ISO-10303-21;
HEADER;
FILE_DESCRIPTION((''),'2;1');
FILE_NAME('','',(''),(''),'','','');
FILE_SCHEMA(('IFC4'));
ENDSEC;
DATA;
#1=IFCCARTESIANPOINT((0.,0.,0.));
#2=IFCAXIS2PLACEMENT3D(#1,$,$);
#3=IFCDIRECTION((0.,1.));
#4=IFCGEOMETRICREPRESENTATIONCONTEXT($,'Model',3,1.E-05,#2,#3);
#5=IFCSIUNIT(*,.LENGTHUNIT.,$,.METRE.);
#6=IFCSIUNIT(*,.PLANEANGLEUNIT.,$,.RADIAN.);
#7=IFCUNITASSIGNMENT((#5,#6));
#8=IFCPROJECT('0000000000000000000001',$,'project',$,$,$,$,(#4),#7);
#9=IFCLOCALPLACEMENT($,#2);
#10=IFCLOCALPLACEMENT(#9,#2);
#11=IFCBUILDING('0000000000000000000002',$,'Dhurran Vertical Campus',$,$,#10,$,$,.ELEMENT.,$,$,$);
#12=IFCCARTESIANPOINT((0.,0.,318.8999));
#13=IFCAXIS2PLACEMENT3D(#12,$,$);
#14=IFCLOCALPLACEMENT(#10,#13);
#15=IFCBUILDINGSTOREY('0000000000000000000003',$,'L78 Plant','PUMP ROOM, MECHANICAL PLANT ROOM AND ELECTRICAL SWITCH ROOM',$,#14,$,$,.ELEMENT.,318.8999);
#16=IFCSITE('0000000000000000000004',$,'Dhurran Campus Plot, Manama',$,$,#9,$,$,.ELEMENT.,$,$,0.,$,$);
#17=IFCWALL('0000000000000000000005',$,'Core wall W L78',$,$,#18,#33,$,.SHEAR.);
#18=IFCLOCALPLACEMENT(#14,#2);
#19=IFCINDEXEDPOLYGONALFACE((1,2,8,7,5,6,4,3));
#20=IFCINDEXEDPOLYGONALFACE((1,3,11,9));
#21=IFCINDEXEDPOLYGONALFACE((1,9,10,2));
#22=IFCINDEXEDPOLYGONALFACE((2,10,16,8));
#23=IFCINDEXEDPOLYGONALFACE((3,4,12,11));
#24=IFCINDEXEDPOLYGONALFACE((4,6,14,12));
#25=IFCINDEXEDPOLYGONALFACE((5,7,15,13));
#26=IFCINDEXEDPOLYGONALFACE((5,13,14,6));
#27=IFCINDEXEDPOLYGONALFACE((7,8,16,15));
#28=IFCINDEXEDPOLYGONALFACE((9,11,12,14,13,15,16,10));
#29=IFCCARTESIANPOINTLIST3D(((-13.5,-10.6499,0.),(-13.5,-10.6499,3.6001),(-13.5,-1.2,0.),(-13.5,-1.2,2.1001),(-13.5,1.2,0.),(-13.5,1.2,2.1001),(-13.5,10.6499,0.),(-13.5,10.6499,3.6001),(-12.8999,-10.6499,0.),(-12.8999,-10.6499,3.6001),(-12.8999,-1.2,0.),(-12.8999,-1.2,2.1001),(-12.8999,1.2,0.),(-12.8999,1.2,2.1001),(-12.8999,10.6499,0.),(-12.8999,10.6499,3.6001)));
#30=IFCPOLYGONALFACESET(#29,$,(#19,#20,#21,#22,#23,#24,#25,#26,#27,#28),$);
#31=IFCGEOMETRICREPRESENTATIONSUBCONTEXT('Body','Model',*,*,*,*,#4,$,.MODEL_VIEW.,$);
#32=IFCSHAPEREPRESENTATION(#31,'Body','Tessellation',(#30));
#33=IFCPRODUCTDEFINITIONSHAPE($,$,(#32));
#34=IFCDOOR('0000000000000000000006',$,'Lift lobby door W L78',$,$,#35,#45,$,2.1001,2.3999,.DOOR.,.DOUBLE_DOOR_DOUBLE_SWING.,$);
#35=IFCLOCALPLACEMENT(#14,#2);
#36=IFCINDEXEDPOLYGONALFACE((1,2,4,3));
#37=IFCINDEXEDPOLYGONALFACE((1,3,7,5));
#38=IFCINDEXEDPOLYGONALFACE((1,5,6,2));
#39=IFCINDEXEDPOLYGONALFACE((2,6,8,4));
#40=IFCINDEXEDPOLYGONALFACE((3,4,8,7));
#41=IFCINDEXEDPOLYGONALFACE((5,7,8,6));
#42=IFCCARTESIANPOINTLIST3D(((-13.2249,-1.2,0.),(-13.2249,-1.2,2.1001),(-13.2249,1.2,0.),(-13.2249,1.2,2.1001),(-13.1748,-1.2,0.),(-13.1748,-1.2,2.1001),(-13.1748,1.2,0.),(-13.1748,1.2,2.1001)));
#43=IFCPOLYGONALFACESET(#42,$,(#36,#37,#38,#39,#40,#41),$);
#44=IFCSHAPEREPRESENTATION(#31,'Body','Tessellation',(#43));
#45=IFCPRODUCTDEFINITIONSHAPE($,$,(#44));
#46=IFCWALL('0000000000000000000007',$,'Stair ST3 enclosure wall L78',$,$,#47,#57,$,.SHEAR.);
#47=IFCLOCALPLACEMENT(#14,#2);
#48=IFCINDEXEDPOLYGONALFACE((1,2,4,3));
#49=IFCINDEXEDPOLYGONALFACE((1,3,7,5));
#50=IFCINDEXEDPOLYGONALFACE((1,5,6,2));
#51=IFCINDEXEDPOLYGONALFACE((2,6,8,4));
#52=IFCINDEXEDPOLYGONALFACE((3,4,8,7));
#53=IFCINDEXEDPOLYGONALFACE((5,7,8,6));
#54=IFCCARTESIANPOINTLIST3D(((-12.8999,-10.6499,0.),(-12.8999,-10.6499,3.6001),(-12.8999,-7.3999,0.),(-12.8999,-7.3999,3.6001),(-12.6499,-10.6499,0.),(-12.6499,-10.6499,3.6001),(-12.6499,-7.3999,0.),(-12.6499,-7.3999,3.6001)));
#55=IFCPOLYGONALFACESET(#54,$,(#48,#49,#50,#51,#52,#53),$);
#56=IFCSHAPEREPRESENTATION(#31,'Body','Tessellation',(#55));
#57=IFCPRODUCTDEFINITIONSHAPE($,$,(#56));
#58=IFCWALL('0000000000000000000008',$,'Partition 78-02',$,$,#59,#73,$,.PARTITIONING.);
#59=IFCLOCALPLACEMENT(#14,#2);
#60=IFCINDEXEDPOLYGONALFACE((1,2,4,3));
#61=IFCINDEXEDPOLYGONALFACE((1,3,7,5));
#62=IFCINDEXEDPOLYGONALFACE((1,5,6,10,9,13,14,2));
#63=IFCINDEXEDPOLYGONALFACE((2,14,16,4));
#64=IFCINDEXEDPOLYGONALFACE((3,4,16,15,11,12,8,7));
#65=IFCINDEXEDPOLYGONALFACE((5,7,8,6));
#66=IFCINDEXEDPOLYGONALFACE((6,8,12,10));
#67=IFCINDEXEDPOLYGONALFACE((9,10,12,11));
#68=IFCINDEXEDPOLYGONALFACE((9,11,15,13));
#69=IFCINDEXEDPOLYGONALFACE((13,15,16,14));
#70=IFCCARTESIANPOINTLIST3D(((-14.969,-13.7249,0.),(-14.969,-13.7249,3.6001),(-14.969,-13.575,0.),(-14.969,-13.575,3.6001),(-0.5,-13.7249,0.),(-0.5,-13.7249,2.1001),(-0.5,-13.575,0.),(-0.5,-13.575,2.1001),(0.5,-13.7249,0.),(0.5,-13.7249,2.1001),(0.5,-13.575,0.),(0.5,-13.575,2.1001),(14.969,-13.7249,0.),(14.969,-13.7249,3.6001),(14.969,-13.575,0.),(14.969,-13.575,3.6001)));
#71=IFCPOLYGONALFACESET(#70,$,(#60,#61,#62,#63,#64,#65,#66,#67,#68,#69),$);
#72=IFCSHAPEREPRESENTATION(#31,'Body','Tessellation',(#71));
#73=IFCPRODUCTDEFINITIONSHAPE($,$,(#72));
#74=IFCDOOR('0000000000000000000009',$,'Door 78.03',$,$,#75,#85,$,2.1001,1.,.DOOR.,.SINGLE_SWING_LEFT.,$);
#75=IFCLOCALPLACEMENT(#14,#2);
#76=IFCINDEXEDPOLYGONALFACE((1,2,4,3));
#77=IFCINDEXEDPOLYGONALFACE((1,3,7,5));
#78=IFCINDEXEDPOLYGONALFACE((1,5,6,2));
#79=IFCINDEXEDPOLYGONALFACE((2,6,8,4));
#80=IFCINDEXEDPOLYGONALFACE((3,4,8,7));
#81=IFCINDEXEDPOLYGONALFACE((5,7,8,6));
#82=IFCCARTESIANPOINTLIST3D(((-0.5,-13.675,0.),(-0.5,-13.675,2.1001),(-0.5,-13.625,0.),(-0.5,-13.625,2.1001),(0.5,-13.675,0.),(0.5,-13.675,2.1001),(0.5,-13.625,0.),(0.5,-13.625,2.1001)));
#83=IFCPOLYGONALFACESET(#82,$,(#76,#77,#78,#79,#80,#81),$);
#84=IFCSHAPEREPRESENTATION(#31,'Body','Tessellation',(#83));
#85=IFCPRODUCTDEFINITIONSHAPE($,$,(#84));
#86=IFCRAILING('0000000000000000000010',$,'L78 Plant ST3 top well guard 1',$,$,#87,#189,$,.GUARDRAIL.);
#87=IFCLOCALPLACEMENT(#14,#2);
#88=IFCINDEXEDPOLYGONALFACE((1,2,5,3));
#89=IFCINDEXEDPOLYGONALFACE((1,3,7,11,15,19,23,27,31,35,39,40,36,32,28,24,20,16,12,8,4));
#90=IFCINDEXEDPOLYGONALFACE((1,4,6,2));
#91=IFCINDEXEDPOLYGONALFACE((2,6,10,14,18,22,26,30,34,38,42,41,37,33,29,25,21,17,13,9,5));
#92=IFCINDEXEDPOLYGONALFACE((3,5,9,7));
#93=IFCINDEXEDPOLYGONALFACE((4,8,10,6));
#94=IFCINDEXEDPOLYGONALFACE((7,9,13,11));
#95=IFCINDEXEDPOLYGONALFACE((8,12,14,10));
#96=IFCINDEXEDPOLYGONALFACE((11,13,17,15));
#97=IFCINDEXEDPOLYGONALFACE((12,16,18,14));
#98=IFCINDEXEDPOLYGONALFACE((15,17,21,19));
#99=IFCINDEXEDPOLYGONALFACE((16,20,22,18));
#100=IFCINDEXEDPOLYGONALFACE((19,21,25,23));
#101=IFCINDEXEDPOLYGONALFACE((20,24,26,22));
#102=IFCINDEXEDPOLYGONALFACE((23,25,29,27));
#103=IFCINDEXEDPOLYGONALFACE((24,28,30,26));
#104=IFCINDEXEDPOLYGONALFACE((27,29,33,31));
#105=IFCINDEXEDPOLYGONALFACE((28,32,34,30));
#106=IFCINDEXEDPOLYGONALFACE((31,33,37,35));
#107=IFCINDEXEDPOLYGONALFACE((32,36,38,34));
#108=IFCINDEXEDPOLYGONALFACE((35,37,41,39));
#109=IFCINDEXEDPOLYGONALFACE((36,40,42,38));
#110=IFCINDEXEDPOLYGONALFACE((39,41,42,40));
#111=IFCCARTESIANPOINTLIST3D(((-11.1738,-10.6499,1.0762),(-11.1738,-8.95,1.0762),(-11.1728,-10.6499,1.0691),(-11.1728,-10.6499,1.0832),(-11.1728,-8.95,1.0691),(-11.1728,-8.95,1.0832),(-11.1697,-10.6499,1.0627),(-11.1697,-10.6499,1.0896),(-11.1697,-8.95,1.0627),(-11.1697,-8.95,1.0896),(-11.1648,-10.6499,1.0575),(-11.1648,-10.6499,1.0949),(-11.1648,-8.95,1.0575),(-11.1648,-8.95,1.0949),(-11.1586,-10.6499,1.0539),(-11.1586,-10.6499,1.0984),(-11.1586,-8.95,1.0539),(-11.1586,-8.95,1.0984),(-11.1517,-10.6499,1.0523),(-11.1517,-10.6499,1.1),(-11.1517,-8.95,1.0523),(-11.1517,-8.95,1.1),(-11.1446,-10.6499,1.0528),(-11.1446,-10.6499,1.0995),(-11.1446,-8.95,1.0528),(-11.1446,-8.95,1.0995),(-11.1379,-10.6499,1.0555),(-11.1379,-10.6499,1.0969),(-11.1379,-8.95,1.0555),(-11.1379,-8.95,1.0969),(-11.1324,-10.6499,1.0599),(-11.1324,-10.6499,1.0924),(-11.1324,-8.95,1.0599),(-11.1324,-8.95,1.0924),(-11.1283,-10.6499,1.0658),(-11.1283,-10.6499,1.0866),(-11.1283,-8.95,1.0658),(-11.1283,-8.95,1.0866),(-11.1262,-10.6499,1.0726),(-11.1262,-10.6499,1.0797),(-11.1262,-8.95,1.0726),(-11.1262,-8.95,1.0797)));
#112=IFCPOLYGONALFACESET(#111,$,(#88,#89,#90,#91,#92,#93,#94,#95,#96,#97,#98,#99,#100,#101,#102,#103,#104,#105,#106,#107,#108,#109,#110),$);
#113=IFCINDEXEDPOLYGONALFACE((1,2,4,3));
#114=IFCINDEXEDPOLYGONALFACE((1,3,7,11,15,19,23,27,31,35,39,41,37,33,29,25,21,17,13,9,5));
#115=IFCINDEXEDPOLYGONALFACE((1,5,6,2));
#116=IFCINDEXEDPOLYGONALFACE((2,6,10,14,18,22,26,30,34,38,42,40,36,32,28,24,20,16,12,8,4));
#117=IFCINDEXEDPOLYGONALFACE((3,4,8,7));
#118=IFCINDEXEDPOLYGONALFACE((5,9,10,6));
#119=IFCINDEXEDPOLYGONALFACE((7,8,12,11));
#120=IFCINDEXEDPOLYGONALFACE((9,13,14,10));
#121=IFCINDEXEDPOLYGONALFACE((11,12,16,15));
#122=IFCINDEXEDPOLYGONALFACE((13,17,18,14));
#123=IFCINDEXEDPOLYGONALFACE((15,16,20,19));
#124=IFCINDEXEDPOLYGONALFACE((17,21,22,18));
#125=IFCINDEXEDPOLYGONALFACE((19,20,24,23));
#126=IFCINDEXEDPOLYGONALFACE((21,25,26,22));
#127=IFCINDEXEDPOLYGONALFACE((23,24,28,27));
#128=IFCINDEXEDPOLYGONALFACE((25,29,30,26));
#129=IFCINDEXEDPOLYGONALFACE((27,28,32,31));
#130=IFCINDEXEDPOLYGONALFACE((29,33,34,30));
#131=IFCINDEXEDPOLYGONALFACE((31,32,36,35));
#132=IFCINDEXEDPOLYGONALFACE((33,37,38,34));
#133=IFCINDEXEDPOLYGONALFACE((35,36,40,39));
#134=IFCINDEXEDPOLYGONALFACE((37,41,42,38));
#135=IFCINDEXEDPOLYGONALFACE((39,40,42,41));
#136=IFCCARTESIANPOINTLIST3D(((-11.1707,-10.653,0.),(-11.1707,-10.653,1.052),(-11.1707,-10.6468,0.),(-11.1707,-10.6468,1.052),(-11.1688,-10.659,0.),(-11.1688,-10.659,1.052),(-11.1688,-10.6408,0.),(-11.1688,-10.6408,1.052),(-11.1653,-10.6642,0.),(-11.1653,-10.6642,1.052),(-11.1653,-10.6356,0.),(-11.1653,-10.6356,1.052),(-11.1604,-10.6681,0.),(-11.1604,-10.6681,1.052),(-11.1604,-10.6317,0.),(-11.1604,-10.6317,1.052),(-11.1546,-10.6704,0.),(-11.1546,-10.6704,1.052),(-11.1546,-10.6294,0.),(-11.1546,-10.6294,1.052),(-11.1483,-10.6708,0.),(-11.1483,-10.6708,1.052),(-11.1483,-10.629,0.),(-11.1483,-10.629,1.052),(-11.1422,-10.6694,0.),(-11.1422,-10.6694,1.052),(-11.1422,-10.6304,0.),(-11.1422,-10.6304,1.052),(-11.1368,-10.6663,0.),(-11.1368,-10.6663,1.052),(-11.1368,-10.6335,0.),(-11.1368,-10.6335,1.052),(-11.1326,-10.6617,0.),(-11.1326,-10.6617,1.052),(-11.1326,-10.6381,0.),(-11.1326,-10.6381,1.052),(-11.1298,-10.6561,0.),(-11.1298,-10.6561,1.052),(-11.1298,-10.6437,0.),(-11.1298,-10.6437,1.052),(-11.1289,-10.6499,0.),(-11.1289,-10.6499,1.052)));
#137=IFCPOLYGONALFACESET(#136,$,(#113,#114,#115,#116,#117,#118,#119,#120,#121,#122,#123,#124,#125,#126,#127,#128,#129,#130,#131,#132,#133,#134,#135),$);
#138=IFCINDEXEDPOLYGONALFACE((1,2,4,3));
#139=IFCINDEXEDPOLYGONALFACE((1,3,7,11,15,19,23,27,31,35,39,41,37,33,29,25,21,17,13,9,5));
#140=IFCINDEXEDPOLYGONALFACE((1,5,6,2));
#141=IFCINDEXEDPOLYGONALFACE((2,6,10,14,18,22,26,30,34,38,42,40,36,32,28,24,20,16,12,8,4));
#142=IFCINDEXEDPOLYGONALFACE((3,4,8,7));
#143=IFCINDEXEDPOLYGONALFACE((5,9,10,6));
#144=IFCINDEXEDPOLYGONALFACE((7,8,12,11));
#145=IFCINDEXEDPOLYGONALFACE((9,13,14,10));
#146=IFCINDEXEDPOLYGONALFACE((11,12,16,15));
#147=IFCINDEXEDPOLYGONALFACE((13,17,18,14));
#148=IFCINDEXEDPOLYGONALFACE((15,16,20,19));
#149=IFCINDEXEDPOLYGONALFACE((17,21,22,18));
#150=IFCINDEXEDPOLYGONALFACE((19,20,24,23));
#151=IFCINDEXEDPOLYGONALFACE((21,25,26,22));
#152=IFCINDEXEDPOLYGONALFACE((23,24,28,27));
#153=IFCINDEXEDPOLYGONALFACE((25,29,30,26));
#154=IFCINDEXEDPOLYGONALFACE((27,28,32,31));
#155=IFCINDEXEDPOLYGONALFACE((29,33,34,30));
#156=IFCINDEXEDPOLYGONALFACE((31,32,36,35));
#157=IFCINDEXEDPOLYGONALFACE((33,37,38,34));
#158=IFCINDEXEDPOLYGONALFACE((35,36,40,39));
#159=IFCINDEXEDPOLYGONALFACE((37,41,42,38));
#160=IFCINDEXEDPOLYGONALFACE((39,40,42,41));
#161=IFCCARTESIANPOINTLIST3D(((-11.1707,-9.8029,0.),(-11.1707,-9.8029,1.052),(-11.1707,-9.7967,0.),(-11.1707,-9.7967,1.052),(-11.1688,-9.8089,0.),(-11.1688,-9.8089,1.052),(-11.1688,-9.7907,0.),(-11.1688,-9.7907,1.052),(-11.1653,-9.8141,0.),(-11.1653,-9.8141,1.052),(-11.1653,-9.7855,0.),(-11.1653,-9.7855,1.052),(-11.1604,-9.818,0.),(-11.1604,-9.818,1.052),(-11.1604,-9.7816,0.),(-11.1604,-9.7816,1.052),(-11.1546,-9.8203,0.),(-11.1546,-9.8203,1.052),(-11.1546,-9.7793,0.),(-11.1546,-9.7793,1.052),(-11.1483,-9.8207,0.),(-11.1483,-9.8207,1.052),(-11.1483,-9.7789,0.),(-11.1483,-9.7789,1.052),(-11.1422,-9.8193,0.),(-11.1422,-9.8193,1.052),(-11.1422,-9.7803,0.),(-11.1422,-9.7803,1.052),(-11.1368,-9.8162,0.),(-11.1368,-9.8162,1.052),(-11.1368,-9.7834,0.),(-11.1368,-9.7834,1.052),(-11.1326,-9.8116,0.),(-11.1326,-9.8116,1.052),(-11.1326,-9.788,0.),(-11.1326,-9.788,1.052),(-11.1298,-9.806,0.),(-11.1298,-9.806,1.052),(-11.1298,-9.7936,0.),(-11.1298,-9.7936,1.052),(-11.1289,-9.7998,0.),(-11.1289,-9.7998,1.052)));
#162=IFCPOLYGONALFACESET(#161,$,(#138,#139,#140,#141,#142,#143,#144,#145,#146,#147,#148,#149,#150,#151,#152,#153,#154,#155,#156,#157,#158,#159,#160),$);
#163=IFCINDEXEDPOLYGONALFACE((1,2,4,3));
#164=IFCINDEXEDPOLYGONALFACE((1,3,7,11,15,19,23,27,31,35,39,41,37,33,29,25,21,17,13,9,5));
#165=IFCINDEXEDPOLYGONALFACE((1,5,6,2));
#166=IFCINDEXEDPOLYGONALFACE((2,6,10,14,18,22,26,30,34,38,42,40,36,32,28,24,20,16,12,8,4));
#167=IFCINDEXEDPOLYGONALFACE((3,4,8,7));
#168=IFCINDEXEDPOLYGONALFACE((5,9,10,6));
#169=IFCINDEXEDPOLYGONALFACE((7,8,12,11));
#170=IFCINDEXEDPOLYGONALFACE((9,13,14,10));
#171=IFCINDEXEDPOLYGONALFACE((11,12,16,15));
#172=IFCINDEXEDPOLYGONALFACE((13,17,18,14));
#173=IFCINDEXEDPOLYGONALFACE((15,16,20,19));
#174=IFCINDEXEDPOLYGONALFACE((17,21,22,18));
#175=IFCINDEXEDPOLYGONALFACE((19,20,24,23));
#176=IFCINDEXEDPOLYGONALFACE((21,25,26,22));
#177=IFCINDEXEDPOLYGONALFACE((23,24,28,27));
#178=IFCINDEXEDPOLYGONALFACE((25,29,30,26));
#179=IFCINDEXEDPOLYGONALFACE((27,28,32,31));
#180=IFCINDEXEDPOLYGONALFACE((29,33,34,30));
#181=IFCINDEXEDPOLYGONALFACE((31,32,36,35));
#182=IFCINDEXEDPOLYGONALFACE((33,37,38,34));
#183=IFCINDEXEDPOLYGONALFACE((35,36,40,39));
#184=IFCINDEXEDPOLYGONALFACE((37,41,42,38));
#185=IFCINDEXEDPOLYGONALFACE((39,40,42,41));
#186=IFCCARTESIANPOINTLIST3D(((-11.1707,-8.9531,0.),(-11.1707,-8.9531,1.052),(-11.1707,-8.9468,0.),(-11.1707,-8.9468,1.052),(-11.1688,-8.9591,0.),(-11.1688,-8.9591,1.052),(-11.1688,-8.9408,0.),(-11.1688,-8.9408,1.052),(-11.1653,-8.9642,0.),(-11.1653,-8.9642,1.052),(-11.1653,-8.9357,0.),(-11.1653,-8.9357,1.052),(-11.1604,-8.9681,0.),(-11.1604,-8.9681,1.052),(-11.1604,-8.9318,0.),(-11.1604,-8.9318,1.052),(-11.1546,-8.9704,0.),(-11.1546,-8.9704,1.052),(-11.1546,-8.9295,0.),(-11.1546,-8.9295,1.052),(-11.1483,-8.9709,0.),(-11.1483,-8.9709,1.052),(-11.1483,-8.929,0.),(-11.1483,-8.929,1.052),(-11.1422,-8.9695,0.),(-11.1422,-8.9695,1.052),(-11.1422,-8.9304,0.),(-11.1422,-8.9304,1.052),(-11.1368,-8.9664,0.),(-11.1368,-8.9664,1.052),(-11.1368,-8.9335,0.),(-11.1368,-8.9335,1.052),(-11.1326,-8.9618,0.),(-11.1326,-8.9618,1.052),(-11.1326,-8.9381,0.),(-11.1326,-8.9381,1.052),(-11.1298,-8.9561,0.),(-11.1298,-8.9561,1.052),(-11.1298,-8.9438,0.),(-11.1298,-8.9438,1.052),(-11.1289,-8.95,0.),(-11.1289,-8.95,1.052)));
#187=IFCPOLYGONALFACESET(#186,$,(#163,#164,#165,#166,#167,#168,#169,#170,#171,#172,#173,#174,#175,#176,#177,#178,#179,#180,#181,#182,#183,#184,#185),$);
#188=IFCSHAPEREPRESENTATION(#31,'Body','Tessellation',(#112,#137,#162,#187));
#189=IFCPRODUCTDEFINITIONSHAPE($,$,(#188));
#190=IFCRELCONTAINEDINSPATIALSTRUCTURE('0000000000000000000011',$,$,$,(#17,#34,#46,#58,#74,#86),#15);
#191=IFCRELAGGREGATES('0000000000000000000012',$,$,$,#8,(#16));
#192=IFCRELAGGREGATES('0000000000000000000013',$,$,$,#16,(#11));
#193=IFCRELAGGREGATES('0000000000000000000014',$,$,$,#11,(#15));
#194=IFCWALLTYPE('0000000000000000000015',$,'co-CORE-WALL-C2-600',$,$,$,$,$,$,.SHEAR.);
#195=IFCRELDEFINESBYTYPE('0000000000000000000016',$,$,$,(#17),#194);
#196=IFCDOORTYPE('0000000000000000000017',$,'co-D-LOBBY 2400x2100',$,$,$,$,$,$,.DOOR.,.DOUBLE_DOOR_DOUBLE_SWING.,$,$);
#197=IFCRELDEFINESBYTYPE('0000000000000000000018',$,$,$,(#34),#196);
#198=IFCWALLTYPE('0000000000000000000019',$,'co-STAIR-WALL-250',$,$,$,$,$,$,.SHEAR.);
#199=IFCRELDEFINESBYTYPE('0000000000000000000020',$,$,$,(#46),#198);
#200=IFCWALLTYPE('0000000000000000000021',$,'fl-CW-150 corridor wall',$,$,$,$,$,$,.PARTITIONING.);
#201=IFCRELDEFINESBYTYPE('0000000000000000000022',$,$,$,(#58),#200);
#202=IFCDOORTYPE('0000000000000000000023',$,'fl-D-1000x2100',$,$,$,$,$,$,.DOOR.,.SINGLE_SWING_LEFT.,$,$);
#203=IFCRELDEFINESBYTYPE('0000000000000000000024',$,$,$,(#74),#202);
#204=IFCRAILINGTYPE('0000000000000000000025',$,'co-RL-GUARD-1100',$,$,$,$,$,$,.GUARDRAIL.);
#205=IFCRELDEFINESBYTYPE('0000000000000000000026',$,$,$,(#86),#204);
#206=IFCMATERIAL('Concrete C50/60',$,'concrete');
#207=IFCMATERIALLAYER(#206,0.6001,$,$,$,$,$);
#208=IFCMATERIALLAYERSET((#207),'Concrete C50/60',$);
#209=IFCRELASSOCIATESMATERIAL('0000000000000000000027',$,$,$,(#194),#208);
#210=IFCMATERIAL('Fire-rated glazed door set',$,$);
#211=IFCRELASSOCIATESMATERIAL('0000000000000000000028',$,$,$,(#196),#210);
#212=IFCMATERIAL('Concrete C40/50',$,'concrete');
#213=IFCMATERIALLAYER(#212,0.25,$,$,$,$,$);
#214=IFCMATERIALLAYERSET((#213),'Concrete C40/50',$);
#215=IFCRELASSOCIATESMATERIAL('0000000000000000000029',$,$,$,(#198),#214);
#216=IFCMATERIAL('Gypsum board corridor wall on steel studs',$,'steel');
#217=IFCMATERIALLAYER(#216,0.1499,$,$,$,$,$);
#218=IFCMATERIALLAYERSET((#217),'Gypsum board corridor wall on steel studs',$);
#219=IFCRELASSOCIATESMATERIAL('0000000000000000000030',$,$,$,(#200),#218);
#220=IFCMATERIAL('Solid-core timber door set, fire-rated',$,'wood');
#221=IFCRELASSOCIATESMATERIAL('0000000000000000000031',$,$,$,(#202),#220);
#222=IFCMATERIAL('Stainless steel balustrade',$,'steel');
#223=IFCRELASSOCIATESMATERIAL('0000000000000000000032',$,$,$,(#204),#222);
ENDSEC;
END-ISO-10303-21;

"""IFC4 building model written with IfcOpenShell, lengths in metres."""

from ifc_helpers import new_model, si_unit, direction, frame, frame_2d, origin, origin_2d, place, context, subcontext, project, spatial, rectangle, circle, extrude, material, layer, layer_set, type_object, element, fill, save


model = new_model("IFC4")

# Units and contexts
model_context = context("Model", 3, precision=1e-05, world=origin(), true_north=direction((0.0, 1.0)))
body_context = subcontext(model_context, "Body", "Model", "MODEL_VIEW")
ifc_project = project(units=[si_unit("LENGTHUNIT", "METRE"), si_unit("PLANEANGLEUNIT", "RADIAN")], contexts=[model_context])

# Site, building, storey
site_placement = place(None, origin())
site = spatial("IfcSite", under=ifc_project, at=site_placement, Name="Dhurran Campus Plot, Manama", CompositionType="ELEMENT", RefElevation=0.0)
building_placement = place(site_placement, origin())
building = spatial("IfcBuilding", under=site, at=building_placement, Name="Dhurran Vertical Campus", CompositionType="ELEMENT")
storey_placement = place(building_placement, frame((0.0, 0.0, 318.8999)))
storey = spatial("IfcBuildingStorey", under=building, at=storey_placement, Name="L78 Plant", Description="PUMP ROOM, MECHANICAL PLANT ROOM AND ELECTRICAL SWITCH ROOM", CompositionType="ELEMENT", Elevation=318.8999)

# Shared definitions
ifc_material_1 = material(Name="Concrete C50/60", Category="concrete")
ifc_layer_1 = layer(ifc_material_1, 0.6001)
ifc_layer_set_1 = layer_set([ifc_layer_1], Name="Concrete C50/60")
wall_type_1 = type_object("IfcWallType", Name="co-CORE-WALL-C2-600", PredefinedType="SHEAR", material=ifc_layer_set_1)
ifc_material_2 = material(Name="Fire-rated glazed door set")
door_type_1 = type_object("IfcDoorType", Name="co-D-LOBBY 2400x2100", OperationType="DOUBLE_DOOR_DOUBLE_SWING", PredefinedType="DOOR", material=ifc_material_2)

# Wall, opening, door
wall_1_placement = place(storey_placement, frame((-13.2, -10.6499, 0.0), z_axis=(0.0, 0.0, 1.0), x_axis=(0.0, 1.0, 0.0)))
wall_1 = element("IfcWall", 1, at=wall_1_placement, inside=storey, type_object=wall_type_1, Name="Core wall W L78", PredefinedType="SHEAR", context=body_context, shape_type="SweptSolid", body=[
    extrude(rectangle(XDim=21.2998, YDim=0.6001, at=frame_2d((10.6499, 0.0))), origin(), (0.0, 0.0, 1.0), 3.6001),
])
opening_1_placement = place(wall_1_placement, frame((9.45, 0.0, 0.0)))
opening_1 = element("IfcOpeningElement", 2, at=opening_1_placement, cuts=wall_1, PredefinedType="OPENING", context=body_context, shape_type="SweptSolid", body=[
    extrude(rectangle(XDim=2.3999, YDim=2.1001, at=frame_2d((1.2, 1.05))), frame((0.0, 0.3101, 0.0), z_axis=(0.0, -1.0, 0.0), x_axis=(1.0, 0.0, 0.0)), (0.0, 0.0, 1.0), 0.6201),
])
door_1_placement = place(opening_1_placement, origin())
door_1 = element("IfcDoor", 3, at=door_1_placement, inside=storey, type_object=door_type_1, Name="Lift lobby door W L78", OperationType="DOUBLE_DOOR_DOUBLE_SWING", OverallHeight=2.1001, OverallWidth=2.3999, PredefinedType="DOOR", context=body_context, shape_type="SweptSolid", body=[
    extrude(rectangle(XDim=2.3999, YDim=2.1001, at=frame_2d((1.2, 1.05))), frame((0.0, 0.0249, 0.0), z_axis=(0.0, -1.0, 0.0), x_axis=(1.0, 0.0, 0.0)), (0.0, 0.0, 1.0), 0.05),
])
fill(opening_1, door_1)

# Wall
ifc_material_3 = material(Name="Concrete C40/50", Category="concrete")
ifc_layer_2 = layer(ifc_material_3, 0.25)
ifc_layer_set_2 = layer_set([ifc_layer_2], Name="Concrete C40/50")
wall_type_2 = type_object("IfcWallType", Name="co-STAIR-WALL-250", PredefinedType="SHEAR", material=ifc_layer_set_2)
wall_2_placement = place(storey_placement, frame((-12.7749, -10.6499, 0.0), z_axis=(0.0, 0.0, 1.0), x_axis=(0.0, 1.0, 0.0)))
element("IfcWall", 4, at=wall_2_placement, inside=storey, type_object=wall_type_2, Name="Stair ST3 enclosure wall L78", PredefinedType="SHEAR", context=body_context, shape_type="SweptSolid", body=[
    extrude(rectangle(XDim=3.25, YDim=0.25, at=frame_2d((1.625, 0.0))), origin(), (0.0, 0.0, 1.0), 3.6001),
])

# Wall, opening, door
ifc_material_4 = material(Name="Gypsum board corridor wall on steel studs", Category="steel")
ifc_layer_3 = layer(ifc_material_4, 0.1499)
ifc_layer_set_3 = layer_set([ifc_layer_3], Name="Gypsum board corridor wall on steel studs")
wall_type_3 = type_object("IfcWallType", Name="fl-CW-150 corridor wall", PredefinedType="PARTITIONING", material=ifc_layer_set_3)
wall_3_placement = place(storey_placement, frame((-14.969, -13.6499, 0.0), z_axis=(0.0, 0.0, 1.0), x_axis=(1.0, 0.0, 0.0)))
wall_3 = element("IfcWall", 5, at=wall_3_placement, inside=storey, type_object=wall_type_3, Name="Partition 78-02", PredefinedType="PARTITIONING", context=body_context, shape_type="SweptSolid", body=[
    extrude(rectangle(XDim=29.938, YDim=0.1499, at=frame_2d((14.969, 0.0))), origin(), (0.0, 0.0, 1.0), 3.6001),
])
opening_2_placement = place(wall_3_placement, frame((14.469, 0.0, 0.0)))
opening_2 = element("IfcOpeningElement", 6, at=opening_2_placement, cuts=wall_3, PredefinedType="OPENING", context=body_context, shape_type="SweptSolid", body=[
    extrude(rectangle(XDim=1.0, YDim=2.1001, at=frame_2d((0.5, 1.05))), frame((0.0, 0.085, 0.0), z_axis=(0.0, -1.0, 0.0), x_axis=(1.0, 0.0, 0.0)), (0.0, 0.0, 1.0), 0.1699),
])
ifc_material_5 = material(Name="Solid-core timber door set, fire-rated", Category="wood")
door_type_2 = type_object("IfcDoorType", Name="fl-D-1000x2100", OperationType="SINGLE_SWING_LEFT", PredefinedType="DOOR", material=ifc_material_5)
door_2_placement = place(opening_2_placement, origin())
door_2 = element("IfcDoor", 7, at=door_2_placement, inside=storey, type_object=door_type_2, Name="Door 78.03", OperationType="SINGLE_SWING_LEFT", OverallHeight=2.1001, OverallWidth=1.0, PredefinedType="DOOR", context=body_context, shape_type="SweptSolid", body=[
    extrude(rectangle(XDim=1.0, YDim=2.1001, at=frame_2d((0.5, 1.05))), frame((0.0, 0.0249, 0.0), z_axis=(0.0, -1.0, 0.0), x_axis=(1.0, 0.0, 0.0)), (0.0, 0.0, 1.0), 0.05),
])
fill(opening_2, door_2)

# Railing
ifc_material_6 = material(Name="Stainless steel balustrade", Category="steel")
railing_type = type_object("IfcRailingType", Name="co-RL-GUARD-1100", PredefinedType="GUARDRAIL", material=ifc_material_6)
railing_placement = place(storey_placement, frame((-11.1499, -10.6499, 0.0)))
element("IfcRailing", 8, at=railing_placement, inside=storey, type_object=railing_type, Name="L78 Plant ST3 top well guard 1", PredefinedType="GUARDRAIL", context=body_context, shape_type="SweptSolid", body=[
    extrude(circle(Radius=0.0239, at=origin_2d()), frame((0.0, 0.0, 1.0762), z_axis=(0.0, 1.0, 0.0), x_axis=(-1.0, 0.0, 0.0)), (0.0, 0.0, 1.0), 1.7),
    extrude(circle(Radius=0.021, at=origin_2d()), origin(), (0.0, 0.0, 1.0), 1.052),
    extrude(circle(Radius=0.021, at=origin_2d()), frame((0.0, 0.8501, 0.0)), (0.0, 0.0, 1.0), 1.052),
    extrude(circle(Radius=0.021, at=origin_2d()), frame((0.0, 1.7, 0.0)), (0.0, 0.0, 1.0), 1.052),
])

save(model, "model.ifc")
